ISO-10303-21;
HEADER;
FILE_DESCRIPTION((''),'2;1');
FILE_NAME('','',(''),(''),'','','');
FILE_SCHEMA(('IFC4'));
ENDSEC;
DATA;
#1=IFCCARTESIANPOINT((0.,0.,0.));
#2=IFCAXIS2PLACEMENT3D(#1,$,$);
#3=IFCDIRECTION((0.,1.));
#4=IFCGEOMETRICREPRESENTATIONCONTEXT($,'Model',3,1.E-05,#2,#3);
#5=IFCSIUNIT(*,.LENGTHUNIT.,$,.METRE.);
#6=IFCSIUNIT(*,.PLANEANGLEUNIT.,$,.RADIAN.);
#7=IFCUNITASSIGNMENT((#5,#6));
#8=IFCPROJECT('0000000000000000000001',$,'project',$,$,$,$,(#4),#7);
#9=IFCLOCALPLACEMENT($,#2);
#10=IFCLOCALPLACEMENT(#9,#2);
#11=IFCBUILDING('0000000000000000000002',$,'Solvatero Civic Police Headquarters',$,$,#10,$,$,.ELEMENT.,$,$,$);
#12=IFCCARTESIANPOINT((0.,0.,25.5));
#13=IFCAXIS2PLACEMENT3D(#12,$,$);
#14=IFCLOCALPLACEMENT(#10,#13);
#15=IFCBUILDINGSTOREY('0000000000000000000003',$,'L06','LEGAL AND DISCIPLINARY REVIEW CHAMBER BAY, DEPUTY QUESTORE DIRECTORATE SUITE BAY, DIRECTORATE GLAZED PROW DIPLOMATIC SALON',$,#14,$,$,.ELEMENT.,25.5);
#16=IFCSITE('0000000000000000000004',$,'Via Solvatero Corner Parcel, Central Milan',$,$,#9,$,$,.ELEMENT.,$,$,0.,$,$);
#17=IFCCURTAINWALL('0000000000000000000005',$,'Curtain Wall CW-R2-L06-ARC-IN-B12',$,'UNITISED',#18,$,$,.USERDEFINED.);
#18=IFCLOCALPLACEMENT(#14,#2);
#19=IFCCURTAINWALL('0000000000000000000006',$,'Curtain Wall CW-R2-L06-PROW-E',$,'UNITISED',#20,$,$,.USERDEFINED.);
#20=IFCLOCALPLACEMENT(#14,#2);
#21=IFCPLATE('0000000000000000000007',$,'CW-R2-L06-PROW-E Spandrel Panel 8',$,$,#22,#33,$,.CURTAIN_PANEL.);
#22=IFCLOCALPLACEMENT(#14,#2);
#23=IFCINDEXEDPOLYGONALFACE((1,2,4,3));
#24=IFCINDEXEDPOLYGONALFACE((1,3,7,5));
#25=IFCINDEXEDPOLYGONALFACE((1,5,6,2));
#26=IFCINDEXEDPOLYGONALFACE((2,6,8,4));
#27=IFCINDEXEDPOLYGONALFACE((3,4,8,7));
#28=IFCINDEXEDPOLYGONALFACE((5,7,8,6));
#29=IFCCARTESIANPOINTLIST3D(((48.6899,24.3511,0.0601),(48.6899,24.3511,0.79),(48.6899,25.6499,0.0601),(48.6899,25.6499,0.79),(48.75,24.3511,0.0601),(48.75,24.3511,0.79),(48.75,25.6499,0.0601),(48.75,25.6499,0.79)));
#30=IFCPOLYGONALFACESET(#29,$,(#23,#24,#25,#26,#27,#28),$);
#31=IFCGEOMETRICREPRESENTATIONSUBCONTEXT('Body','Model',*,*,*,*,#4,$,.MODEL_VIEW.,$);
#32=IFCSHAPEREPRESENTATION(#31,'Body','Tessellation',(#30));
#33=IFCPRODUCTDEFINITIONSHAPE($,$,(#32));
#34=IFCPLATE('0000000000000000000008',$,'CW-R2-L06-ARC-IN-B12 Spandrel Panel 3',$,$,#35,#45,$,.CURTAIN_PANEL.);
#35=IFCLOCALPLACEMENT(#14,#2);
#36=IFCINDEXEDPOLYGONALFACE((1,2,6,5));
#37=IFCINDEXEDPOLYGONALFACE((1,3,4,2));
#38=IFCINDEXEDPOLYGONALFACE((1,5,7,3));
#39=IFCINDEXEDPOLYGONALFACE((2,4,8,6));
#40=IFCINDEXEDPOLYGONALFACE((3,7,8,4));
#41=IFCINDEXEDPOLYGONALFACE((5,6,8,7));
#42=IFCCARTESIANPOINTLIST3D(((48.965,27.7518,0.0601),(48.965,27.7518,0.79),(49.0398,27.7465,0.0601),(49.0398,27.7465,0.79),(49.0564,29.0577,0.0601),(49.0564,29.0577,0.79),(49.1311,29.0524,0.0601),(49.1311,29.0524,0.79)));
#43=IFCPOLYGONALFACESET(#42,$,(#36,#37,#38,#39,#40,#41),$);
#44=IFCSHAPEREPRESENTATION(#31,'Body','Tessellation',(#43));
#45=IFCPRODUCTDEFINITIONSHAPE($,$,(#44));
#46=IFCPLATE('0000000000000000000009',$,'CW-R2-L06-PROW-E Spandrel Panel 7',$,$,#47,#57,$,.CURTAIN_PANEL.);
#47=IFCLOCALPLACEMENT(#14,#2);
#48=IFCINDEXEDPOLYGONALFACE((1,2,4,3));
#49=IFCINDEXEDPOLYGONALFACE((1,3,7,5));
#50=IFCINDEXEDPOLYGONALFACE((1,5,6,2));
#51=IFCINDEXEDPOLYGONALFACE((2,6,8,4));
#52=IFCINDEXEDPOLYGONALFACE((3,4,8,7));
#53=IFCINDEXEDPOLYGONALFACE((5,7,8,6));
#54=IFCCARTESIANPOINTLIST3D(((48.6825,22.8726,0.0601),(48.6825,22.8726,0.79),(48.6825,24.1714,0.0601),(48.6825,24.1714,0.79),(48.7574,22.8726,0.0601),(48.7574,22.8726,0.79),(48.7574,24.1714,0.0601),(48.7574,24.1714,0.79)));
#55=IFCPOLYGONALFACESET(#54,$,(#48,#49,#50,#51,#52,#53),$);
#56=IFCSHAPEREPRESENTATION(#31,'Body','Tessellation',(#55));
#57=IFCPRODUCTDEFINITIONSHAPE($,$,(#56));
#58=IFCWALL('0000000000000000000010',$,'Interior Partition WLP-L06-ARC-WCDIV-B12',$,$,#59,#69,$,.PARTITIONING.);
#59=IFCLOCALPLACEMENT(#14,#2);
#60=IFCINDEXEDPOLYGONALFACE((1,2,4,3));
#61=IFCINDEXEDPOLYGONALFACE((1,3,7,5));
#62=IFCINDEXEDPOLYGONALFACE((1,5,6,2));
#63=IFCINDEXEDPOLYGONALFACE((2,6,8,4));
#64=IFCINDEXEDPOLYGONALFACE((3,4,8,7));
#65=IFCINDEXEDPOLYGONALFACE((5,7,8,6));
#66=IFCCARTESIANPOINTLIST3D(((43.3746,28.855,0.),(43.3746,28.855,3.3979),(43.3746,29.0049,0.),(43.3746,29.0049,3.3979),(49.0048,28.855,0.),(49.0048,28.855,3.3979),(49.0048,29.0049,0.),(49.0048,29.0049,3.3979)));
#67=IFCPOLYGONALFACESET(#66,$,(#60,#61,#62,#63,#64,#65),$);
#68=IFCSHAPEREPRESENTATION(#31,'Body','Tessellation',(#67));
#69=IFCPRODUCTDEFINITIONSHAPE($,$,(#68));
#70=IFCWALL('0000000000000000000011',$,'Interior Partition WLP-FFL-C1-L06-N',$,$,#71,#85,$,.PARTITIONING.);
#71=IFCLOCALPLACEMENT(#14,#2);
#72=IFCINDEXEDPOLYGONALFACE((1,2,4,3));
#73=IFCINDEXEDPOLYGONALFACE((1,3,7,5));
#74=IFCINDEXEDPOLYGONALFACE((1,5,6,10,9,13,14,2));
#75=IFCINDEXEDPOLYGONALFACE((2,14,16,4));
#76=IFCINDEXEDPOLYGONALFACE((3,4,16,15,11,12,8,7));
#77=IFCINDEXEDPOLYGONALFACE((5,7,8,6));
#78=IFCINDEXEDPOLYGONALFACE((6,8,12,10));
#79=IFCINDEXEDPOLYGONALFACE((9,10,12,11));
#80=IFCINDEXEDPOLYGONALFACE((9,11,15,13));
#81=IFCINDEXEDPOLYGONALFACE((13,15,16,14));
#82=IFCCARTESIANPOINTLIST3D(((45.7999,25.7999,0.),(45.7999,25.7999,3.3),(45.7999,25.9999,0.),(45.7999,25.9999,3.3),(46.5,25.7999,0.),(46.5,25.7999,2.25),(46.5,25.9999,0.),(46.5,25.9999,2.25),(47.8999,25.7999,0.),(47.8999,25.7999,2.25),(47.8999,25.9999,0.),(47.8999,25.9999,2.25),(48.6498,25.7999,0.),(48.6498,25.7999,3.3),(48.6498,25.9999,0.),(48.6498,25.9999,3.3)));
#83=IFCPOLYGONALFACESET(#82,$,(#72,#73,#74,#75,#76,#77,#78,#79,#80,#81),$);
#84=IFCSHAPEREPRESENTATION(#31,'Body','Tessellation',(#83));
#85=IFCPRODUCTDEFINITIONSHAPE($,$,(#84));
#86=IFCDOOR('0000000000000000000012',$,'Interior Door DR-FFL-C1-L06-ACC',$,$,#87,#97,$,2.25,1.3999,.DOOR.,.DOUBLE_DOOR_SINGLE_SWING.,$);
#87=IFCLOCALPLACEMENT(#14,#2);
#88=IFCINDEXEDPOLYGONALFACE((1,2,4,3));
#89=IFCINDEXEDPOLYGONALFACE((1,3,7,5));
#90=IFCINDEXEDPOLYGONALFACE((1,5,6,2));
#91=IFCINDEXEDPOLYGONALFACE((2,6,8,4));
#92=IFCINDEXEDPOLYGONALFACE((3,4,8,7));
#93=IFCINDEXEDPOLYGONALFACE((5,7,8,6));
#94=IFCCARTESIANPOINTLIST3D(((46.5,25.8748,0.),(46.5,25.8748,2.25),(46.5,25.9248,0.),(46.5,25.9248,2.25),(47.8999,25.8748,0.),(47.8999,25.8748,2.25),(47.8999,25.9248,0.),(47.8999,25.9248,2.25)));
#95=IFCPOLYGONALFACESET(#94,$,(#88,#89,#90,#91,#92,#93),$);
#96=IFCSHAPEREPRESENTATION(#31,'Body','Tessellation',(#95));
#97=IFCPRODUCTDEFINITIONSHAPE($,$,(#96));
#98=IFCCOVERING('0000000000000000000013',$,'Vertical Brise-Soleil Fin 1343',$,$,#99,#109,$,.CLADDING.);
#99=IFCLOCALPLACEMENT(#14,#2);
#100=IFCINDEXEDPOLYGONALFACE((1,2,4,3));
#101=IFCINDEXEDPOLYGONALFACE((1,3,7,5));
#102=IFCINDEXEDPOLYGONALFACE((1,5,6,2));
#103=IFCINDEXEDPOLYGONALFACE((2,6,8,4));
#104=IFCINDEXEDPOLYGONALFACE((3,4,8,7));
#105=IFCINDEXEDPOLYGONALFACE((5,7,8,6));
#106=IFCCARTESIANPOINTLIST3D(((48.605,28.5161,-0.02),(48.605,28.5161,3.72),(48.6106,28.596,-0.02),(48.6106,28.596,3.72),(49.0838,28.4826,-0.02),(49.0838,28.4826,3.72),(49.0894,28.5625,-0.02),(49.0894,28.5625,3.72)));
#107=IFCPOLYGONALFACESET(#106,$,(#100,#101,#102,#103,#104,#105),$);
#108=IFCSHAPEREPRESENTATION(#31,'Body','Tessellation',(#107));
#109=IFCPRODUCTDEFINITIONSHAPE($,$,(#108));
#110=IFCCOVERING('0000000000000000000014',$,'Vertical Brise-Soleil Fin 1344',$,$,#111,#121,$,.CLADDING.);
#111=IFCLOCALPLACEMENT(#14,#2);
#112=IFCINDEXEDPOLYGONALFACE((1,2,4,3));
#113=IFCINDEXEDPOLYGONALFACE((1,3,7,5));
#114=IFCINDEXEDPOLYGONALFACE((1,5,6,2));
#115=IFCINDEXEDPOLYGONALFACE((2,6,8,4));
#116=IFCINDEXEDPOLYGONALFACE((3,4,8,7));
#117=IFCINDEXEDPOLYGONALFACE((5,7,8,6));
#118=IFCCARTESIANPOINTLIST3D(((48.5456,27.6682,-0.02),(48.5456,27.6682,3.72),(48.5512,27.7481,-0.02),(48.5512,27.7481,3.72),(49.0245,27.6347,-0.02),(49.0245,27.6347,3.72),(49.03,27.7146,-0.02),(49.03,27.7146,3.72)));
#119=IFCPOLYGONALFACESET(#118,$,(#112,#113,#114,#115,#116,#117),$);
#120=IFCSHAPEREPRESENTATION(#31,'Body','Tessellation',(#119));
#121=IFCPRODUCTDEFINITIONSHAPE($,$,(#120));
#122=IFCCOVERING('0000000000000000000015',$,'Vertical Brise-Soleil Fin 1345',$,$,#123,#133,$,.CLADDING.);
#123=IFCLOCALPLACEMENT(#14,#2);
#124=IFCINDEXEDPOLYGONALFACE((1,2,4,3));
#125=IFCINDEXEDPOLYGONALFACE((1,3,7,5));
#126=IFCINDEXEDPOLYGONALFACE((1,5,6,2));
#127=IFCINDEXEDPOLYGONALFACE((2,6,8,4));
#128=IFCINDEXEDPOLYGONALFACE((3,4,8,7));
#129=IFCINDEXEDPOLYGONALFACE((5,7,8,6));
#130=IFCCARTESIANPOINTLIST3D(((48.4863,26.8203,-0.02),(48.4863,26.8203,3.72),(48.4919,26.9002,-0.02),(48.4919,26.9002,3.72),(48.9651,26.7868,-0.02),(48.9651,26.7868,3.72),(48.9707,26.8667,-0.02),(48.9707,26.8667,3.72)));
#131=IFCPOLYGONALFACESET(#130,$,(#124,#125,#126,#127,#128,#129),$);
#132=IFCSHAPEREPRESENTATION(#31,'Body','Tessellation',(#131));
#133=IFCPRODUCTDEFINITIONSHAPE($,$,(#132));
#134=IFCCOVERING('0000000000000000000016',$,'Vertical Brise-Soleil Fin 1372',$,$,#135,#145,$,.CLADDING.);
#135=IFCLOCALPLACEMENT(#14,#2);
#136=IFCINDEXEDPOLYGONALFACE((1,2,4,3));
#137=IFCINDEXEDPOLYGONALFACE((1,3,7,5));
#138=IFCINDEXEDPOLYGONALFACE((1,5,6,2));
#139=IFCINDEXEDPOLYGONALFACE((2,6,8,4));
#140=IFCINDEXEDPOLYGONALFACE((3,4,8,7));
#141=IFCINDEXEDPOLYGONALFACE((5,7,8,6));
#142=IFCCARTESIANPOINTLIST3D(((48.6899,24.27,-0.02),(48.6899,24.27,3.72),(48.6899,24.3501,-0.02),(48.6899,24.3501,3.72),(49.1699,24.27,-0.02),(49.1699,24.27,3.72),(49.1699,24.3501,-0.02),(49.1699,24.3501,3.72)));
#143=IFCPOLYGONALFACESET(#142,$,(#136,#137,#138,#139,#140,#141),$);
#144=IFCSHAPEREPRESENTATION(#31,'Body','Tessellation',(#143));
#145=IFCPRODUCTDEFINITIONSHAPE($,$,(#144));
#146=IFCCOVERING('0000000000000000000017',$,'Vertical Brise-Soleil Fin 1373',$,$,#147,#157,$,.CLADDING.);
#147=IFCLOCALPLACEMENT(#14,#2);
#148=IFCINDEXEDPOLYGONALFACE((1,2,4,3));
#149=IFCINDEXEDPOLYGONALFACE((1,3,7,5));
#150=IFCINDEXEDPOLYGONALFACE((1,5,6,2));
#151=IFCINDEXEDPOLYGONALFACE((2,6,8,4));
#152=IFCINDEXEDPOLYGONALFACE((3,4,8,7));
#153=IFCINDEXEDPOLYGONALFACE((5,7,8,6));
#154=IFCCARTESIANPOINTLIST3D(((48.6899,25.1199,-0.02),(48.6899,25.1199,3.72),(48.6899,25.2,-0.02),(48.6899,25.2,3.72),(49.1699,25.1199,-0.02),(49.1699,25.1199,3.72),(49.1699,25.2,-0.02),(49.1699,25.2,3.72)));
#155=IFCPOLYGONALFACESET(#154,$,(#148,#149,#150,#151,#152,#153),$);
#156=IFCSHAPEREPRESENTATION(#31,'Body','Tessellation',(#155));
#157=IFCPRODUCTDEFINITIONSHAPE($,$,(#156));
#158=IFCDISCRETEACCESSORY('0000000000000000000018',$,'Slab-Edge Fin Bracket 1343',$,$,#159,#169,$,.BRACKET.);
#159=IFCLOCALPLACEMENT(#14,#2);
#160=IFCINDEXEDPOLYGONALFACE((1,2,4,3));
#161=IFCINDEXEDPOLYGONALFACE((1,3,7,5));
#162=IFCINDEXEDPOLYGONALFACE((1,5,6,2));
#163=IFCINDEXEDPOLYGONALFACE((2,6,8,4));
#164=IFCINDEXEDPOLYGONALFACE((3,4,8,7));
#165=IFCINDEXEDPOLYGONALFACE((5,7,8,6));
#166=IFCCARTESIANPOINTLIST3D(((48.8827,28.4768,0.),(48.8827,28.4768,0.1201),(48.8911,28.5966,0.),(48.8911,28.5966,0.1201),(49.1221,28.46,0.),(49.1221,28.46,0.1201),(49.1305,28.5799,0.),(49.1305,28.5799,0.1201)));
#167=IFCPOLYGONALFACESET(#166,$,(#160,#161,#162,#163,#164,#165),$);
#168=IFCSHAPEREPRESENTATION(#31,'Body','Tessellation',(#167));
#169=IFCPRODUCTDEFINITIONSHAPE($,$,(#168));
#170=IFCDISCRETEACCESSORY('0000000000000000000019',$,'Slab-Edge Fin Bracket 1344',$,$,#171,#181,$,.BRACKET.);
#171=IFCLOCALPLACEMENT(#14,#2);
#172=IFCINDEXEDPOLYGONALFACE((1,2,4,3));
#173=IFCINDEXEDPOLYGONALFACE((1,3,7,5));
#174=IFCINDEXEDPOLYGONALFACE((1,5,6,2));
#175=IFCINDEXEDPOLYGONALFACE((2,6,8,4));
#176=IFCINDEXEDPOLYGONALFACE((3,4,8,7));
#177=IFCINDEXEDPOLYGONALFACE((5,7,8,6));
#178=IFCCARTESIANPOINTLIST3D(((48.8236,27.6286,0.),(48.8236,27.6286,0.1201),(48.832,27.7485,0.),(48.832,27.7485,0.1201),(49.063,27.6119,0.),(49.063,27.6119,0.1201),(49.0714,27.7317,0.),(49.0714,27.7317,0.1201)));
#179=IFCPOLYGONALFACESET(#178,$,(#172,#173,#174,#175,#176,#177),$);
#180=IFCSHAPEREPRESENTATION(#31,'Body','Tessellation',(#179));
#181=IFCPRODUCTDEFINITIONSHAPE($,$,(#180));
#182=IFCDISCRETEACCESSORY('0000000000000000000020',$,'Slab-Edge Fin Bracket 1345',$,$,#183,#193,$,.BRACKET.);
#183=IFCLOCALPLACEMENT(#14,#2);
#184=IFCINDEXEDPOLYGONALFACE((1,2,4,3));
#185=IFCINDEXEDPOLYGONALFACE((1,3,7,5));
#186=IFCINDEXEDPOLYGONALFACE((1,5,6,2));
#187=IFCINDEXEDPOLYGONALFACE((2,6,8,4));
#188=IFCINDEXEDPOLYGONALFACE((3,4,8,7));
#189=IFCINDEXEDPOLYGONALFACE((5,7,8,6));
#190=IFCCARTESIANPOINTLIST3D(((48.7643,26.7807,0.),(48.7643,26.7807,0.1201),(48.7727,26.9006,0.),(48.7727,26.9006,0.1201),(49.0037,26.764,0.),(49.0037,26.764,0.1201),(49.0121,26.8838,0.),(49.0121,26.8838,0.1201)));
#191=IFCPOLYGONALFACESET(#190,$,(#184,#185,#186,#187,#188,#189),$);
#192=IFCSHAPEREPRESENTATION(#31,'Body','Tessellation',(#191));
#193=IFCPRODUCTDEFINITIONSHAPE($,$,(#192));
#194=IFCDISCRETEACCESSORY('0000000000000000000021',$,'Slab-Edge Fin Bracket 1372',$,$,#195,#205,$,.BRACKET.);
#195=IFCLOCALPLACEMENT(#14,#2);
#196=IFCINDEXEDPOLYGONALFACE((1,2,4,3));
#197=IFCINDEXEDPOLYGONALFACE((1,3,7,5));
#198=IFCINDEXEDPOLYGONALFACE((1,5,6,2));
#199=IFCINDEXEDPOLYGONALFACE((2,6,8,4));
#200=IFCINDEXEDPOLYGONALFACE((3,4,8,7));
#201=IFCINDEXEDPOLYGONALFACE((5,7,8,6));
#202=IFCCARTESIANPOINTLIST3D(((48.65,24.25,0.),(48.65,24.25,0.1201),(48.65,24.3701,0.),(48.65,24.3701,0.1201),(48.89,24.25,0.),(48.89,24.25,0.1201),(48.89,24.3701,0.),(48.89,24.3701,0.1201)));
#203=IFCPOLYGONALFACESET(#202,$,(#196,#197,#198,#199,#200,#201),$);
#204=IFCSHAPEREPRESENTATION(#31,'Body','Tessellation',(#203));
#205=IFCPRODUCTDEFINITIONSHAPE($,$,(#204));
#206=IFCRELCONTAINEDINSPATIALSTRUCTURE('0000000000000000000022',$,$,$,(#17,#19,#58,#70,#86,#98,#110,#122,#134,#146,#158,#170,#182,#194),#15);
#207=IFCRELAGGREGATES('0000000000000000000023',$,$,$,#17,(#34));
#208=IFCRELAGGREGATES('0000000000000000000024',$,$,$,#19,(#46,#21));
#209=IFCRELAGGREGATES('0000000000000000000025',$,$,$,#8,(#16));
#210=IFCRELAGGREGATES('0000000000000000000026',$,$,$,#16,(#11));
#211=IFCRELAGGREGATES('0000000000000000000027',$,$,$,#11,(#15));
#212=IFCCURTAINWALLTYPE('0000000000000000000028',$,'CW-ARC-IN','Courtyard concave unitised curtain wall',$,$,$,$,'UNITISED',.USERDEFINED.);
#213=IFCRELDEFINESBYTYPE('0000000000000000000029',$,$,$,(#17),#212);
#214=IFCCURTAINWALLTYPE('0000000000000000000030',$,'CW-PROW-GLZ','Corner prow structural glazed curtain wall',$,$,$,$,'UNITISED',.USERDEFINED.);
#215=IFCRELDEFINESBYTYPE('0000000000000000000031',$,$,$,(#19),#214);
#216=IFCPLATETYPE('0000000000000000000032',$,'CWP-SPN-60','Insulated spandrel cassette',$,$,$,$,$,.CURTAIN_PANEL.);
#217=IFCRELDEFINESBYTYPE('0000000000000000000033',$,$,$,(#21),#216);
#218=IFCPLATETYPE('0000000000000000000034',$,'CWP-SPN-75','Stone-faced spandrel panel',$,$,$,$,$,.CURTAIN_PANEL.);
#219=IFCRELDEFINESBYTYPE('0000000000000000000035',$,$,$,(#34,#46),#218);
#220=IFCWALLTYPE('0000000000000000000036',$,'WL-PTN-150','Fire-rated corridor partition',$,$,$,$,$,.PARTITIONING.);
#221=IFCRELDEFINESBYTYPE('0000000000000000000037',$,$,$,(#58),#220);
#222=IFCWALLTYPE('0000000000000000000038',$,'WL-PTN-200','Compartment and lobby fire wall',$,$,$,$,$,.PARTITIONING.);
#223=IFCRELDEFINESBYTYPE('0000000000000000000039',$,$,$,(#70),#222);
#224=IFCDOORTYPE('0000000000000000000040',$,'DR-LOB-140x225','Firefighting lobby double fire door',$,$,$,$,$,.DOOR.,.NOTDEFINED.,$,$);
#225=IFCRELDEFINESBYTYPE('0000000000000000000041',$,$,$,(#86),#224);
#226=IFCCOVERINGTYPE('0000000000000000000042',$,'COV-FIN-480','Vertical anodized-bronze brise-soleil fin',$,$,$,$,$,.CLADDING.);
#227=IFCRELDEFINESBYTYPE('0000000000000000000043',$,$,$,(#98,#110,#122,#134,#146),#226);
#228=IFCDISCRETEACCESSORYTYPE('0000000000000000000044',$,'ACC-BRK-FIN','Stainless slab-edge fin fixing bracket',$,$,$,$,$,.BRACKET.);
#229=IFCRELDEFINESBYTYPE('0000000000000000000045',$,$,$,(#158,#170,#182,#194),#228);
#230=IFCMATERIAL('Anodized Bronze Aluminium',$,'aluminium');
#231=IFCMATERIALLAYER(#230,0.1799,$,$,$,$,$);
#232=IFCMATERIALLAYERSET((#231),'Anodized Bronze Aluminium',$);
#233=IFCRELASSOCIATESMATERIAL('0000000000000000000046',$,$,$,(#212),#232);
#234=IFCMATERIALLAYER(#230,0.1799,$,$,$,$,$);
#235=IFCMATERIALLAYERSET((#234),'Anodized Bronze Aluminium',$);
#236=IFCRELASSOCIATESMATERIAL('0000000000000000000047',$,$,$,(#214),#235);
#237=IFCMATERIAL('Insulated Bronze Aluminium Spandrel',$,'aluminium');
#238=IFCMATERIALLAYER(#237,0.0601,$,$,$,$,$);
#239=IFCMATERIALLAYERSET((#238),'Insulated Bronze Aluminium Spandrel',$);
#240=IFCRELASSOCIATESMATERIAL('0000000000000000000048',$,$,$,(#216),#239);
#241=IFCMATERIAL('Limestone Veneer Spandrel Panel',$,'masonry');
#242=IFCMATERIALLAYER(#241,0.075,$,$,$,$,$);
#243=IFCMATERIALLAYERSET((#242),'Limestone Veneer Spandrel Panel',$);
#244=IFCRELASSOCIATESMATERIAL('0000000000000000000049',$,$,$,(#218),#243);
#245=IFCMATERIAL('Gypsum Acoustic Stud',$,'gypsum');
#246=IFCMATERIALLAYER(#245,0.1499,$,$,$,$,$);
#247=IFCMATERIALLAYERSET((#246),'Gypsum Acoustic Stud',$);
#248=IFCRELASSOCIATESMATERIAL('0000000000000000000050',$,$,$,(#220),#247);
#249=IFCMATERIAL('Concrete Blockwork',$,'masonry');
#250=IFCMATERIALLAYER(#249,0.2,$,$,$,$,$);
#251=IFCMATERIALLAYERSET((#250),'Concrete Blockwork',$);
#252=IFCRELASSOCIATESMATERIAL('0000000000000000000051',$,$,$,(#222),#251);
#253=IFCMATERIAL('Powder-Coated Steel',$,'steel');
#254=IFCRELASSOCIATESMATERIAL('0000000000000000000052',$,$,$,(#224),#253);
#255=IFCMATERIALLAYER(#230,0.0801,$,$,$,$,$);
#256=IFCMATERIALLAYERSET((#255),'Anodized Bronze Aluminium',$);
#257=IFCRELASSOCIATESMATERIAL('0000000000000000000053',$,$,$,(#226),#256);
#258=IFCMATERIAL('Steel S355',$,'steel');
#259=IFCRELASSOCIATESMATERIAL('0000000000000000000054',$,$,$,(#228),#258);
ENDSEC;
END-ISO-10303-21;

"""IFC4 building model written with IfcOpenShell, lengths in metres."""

from ifc_helpers import new_model, si_unit, direction, frame, frame_2d, origin, origin_2d, place, context, subcontext, project, spatial, rectangle, extrude, material, layer, layer_set, type_object, element, fill, aggregate, save


model = new_model("IFC4")

# Units and contexts
model_context = context("Model", 3, precision=1e-05, world=origin(), true_north=direction((0.0, 1.0)))
body_context = subcontext(model_context, "Body", "Model", "MODEL_VIEW")
ifc_project = project(units=[si_unit("LENGTHUNIT", "METRE"), si_unit("PLANEANGLEUNIT", "RADIAN")], contexts=[model_context])

# Site, building, storey
site_placement = place(None, origin())
site = spatial("IfcSite", under=ifc_project, at=site_placement, Name="Via Solvatero Corner Parcel, Central Milan", CompositionType="ELEMENT", RefElevation=0.0)
building_placement = place(site_placement, origin())
building = spatial("IfcBuilding", under=site, at=building_placement, Name="Solvatero Civic Police Headquarters", CompositionType="ELEMENT")
storey_placement = place(building_placement, frame((0.0, 0.0, 25.5)))
storey = spatial("IfcBuildingStorey", under=building, at=storey_placement, Name="L06", Description="LEGAL AND DISCIPLINARY REVIEW CHAMBER BAY, DEPUTY QUESTORE DIRECTORATE SUITE BAY, DIRECTORATE GLAZED PROW DIPLOMATIC SALON", CompositionType="ELEMENT", Elevation=25.5)

# Shared definitions
ifc_material_1 = material(Name="Steel S355", Category="steel")

# Curtain walls
ifc_material_2 = material(Name="Anodized Bronze Aluminium", Category="aluminium")
ifc_layer_1 = layer(ifc_material_2, 0.1799)
ifc_layer_set_1 = layer_set([ifc_layer_1], Name="Anodized Bronze Aluminium")
curtain_wall_type_1 = type_object("IfcCurtainWallType", Name="CW-ARC-IN", Description="Courtyard concave unitised curtain wall", ElementType="UNITISED", PredefinedType="USERDEFINED", material=ifc_layer_set_1)
curtain_wall_1_placement = place(storey_placement, origin())
curtain_wall_1 = element("IfcCurtainWall", 1, at=curtain_wall_1_placement, inside=storey, type_object=curtain_wall_type_1, Name="Curtain Wall CW-R2-L06-ARC-IN-B12", ObjectType="UNITISED", PredefinedType="USERDEFINED")
ifc_layer_2 = layer(ifc_material_2, 0.1799)
ifc_layer_set_2 = layer_set([ifc_layer_2], Name="Anodized Bronze Aluminium")
curtain_wall_type_2 = type_object("IfcCurtainWallType", Name="CW-PROW-GLZ", Description="Corner prow structural glazed curtain wall", ElementType="UNITISED", PredefinedType="USERDEFINED", material=ifc_layer_set_2)
curtain_wall_2_placement = place(storey_placement, origin())
curtain_wall_2 = element("IfcCurtainWall", 2, at=curtain_wall_2_placement, inside=storey, type_object=curtain_wall_type_2, Name="Curtain Wall CW-R2-L06-PROW-E", ObjectType="UNITISED", PredefinedType="USERDEFINED")

# Plates
ifc_material_3 = material(Name="Insulated Bronze Aluminium Spandrel", Category="aluminium")
ifc_layer_3 = layer(ifc_material_3, 0.0601)
ifc_layer_set_3 = layer_set([ifc_layer_3], Name="Insulated Bronze Aluminium Spandrel")
plate_type_1 = type_object("IfcPlateType", Name="CWP-SPN-60", Description="Insulated spandrel cassette", PredefinedType="CURTAIN_PANEL", material=ifc_layer_set_3)
plate_1_placement = place(storey_placement, frame((48.72, 25.0005, 0.0601), z_axis=(0.0, 0.0, 1.0), x_axis=(0.0, 1.0, 0.0)))
plate_1 = element("IfcPlate", 3, at=plate_1_placement, type_object=plate_type_1, Name="CW-R2-L06-PROW-E Spandrel Panel 8", PredefinedType="CURTAIN_PANEL", context=body_context, shape_type="SweptSolid", body=[
    extrude(rectangle(XDim=1.2988, YDim=0.0601, at=origin_2d()), origin(), (0.0, 0.0, 1.0), 0.73),
])
ifc_material_4 = material(Name="Limestone Veneer Spandrel Panel", Category="masonry")
ifc_layer_4 = layer(ifc_material_4, 0.075)
ifc_layer_set_4 = layer_set([ifc_layer_4], Name="Limestone Veneer Spandrel Panel")
plate_type_2 = type_object("IfcPlateType", Name="CWP-SPN-75", Description="Stone-faced spandrel panel", PredefinedType="CURTAIN_PANEL", material=ifc_layer_set_4)
plate_2_placement = place(storey_placement, frame((49.0481, 28.4021, 0.0601), z_axis=(0.0, 0.0, 1.0), x_axis=(-0.069774, -0.997563, 0.0)))
plate_2 = element("IfcPlate", 4, at=plate_2_placement, type_object=plate_type_2, Name="CW-R2-L06-ARC-IN-B12 Spandrel Panel 3", PredefinedType="CURTAIN_PANEL", context=body_context, shape_type="SweptSolid", body=[
    extrude(rectangle(XDim=1.3091, YDim=0.075, at=origin_2d()), origin(), (0.0, 0.0, 1.0), 0.73),
])
aggregate(curtain_wall_1, [plate_2])
plate_3_placement = place(storey_placement, frame((48.72, 23.522, 0.0601), z_axis=(0.0, 0.0, 1.0), x_axis=(0.0, 1.0, 0.0)))
plate_3 = element("IfcPlate", 5, at=plate_3_placement, type_object=plate_type_2, Name="CW-R2-L06-PROW-E Spandrel Panel 7", PredefinedType="CURTAIN_PANEL", context=body_context, shape_type="SweptSolid", body=[
    extrude(rectangle(XDim=1.2988, YDim=0.075, at=origin_2d()), origin(), (0.0, 0.0, 1.0), 0.73),
])
aggregate(curtain_wall_2, [plate_3, plate_1])

# Wall
ifc_material_5 = material(Name="Gypsum Acoustic Stud", Category="gypsum")
ifc_layer_5 = layer(ifc_material_5, 0.1499)
ifc_layer_set_5 = layer_set([ifc_layer_5], Name="Gypsum Acoustic Stud")
wall_type_1 = type_object("IfcWallType", Name="WL-PTN-150", Description="Fire-rated corridor partition", PredefinedType="PARTITIONING", material=ifc_layer_set_5)
wall_1_placement = place(storey_placement, frame((43.3748, 28.9299, 0.0), z_axis=(0.0, 0.0, 1.0), x_axis=(1.0, 0.0, 0.0)))
element("IfcWall", 6, at=wall_1_placement, inside=storey, type_object=wall_type_1, Name="Interior Partition WLP-L06-ARC-WCDIV-B12", PredefinedType="PARTITIONING", context=body_context, shape_type="SweptSolid", body=[
    extrude(rectangle(XDim=5.6301, YDim=0.1499, at=frame_2d((2.8149, 0.0))), origin(), (0.0, 0.0, 1.0), 3.3979),
])

# Wall, opening, door
ifc_material_6 = material(Name="Concrete Blockwork", Category="masonry")
ifc_layer_6 = layer(ifc_material_6, 0.2)
ifc_layer_set_6 = layer_set([ifc_layer_6], Name="Concrete Blockwork")
wall_type_2 = type_object("IfcWallType", Name="WL-PTN-200", Description="Compartment and lobby fire wall", PredefinedType="PARTITIONING", material=ifc_layer_set_6)
wall_2_placement = place(storey_placement, frame((45.8, 25.8999, 0.0), z_axis=(0.0, 0.0, 1.0), x_axis=(1.0, 0.0, 0.0)))
wall_2 = element("IfcWall", 7, at=wall_2_placement, inside=storey, type_object=wall_type_2, Name="Interior Partition WLP-FFL-C1-L06-N", PredefinedType="PARTITIONING", context=body_context, shape_type="SweptSolid", body=[
    extrude(rectangle(XDim=2.8499, YDim=0.2, at=frame_2d((1.4248, 0.0))), origin(), (0.0, 0.0, 1.0), 3.3),
])
opening_placement = place(wall_2_placement, frame((0.7, 0.0, 0.0)))
opening = element("IfcOpeningElement", 8, at=opening_placement, cuts=wall_2, PredefinedType="OPENING", context=body_context, shape_type="SweptSolid", body=[
    extrude(rectangle(XDim=1.3999, YDim=2.25, at=frame_2d((0.7, 1.125))), frame((0.0, 0.1099, 0.0), z_axis=(0.0, -1.0, 0.0), x_axis=(1.0, 0.0, 0.0)), (0.0, 0.0, 1.0), 0.22),
])
ifc_material_7 = material(Name="Powder-Coated Steel", Category="steel")
door_type = type_object("IfcDoorType", Name="DR-LOB-140x225", Description="Firefighting lobby double fire door", OperationType="NOTDEFINED", PredefinedType="DOOR", material=ifc_material_7)
door_placement = place(opening_placement, origin())
door = element("IfcDoor", 9, at=door_placement, inside=storey, type_object=door_type, Name="Interior Door DR-FFL-C1-L06-ACC", OperationType="DOUBLE_DOOR_SINGLE_SWING", OverallHeight=2.25, OverallWidth=1.3999, PredefinedType="DOOR", context=body_context, shape_type="SweptSolid", body=[
    extrude(rectangle(XDim=1.3999, YDim=2.25, at=frame_2d((0.7, 1.125))), frame((0.0, 0.0249, 0.0), z_axis=(0.0, -1.0, 0.0), x_axis=(1.0, 0.0, 0.0)), (0.0, 0.0, 1.0), 0.05),
])
fill(opening, door)

# Coverings
ifc_layer_7 = layer(ifc_material_2, 0.0801)
ifc_layer_set_7 = layer_set([ifc_layer_7], Name="Anodized Bronze Aluminium")
covering_type = type_object("IfcCoveringType", Name="COV-FIN-480", Description="Vertical anodized-bronze brise-soleil fin", PredefinedType="CLADDING", material=ifc_layer_set_7)
for number, where, z_axis, x_axis, name in (
    (10, (48.8472, 28.5393, -0.02), (0.0, 0.0, 1.0), (-0.069774, -0.997563, 0.0), "Vertical Brise-Soleil Fin 1343"),
    (11, (48.7878, 27.6914, -0.02), (0.0, 0.0, 1.0), (-0.069774, -0.997563, 0.0), "Vertical Brise-Soleil Fin 1344"),
    (12, (48.7285, 26.8435, -0.02), (0.0, 0.0, 1.0), (-0.069774, -0.997563, 0.0), "Vertical Brise-Soleil Fin 1345"),
    (13, (48.9299, 24.3101, -0.02), (0.0, 0.0, 1.0), (0.0, 1.0, 0.0), "Vertical Brise-Soleil Fin 1372"),
    (14, (48.9299, 25.1599, -0.02), (0.0, 0.0, 1.0), (0.0, 1.0, 0.0), "Vertical Brise-Soleil Fin 1373"),
):
    element("IfcCovering", number, at=place(storey_placement, frame(where, z_axis=z_axis, x_axis=x_axis)), inside=storey, type_object=covering_type, Name=name, PredefinedType="CLADDING", context=body_context, shape_type="SweptSolid", body=[
        extrude(rectangle(XDim=0.0801, YDim=0.48, at=origin_2d()), origin(), (0.0, 0.0, 1.0), 3.74),
    ])

# Discrete accessories
discrete_accessory_type = type_object("IfcDiscreteAccessoryType", Name="ACC-BRK-FIN", Description="Stainless slab-edge fin fixing bracket", PredefinedType="BRACKET", material=ifc_material_1)
for number, where, z_axis, x_axis, name in (
    (15, (49.0066, 28.5283, 0.0), (0.0, 0.0, 1.0), (-0.069774, -0.997563, 0.0), "Slab-Edge Fin Bracket 1343"),
    (16, (48.9475, 27.6802, 0.0), (0.0, 0.0, 1.0), (-0.069774, -0.997563, 0.0), "Slab-Edge Fin Bracket 1344"),
    (17, (48.8882, 26.8323, 0.0), (0.0, 0.0, 1.0), (-0.069774, -0.997563, 0.0), "Slab-Edge Fin Bracket 1345"),
    (18, (48.77, 24.3101, 0.0), (0.0, 0.0, 1.0), (0.0, 1.0, 0.0), "Slab-Edge Fin Bracket 1372"),
):
    element("IfcDiscreteAccessory", number, at=place(storey_placement, frame(where, z_axis=z_axis, x_axis=x_axis)), inside=storey, type_object=discrete_accessory_type, Name=name, PredefinedType="BRACKET", context=body_context, shape_type="SweptSolid", body=[
        extrude(rectangle(XDim=0.1201, YDim=0.24, at=origin_2d()), origin(), (0.0, 0.0, 1.0), 0.1201),
    ])

save(model, "model.ifc")
